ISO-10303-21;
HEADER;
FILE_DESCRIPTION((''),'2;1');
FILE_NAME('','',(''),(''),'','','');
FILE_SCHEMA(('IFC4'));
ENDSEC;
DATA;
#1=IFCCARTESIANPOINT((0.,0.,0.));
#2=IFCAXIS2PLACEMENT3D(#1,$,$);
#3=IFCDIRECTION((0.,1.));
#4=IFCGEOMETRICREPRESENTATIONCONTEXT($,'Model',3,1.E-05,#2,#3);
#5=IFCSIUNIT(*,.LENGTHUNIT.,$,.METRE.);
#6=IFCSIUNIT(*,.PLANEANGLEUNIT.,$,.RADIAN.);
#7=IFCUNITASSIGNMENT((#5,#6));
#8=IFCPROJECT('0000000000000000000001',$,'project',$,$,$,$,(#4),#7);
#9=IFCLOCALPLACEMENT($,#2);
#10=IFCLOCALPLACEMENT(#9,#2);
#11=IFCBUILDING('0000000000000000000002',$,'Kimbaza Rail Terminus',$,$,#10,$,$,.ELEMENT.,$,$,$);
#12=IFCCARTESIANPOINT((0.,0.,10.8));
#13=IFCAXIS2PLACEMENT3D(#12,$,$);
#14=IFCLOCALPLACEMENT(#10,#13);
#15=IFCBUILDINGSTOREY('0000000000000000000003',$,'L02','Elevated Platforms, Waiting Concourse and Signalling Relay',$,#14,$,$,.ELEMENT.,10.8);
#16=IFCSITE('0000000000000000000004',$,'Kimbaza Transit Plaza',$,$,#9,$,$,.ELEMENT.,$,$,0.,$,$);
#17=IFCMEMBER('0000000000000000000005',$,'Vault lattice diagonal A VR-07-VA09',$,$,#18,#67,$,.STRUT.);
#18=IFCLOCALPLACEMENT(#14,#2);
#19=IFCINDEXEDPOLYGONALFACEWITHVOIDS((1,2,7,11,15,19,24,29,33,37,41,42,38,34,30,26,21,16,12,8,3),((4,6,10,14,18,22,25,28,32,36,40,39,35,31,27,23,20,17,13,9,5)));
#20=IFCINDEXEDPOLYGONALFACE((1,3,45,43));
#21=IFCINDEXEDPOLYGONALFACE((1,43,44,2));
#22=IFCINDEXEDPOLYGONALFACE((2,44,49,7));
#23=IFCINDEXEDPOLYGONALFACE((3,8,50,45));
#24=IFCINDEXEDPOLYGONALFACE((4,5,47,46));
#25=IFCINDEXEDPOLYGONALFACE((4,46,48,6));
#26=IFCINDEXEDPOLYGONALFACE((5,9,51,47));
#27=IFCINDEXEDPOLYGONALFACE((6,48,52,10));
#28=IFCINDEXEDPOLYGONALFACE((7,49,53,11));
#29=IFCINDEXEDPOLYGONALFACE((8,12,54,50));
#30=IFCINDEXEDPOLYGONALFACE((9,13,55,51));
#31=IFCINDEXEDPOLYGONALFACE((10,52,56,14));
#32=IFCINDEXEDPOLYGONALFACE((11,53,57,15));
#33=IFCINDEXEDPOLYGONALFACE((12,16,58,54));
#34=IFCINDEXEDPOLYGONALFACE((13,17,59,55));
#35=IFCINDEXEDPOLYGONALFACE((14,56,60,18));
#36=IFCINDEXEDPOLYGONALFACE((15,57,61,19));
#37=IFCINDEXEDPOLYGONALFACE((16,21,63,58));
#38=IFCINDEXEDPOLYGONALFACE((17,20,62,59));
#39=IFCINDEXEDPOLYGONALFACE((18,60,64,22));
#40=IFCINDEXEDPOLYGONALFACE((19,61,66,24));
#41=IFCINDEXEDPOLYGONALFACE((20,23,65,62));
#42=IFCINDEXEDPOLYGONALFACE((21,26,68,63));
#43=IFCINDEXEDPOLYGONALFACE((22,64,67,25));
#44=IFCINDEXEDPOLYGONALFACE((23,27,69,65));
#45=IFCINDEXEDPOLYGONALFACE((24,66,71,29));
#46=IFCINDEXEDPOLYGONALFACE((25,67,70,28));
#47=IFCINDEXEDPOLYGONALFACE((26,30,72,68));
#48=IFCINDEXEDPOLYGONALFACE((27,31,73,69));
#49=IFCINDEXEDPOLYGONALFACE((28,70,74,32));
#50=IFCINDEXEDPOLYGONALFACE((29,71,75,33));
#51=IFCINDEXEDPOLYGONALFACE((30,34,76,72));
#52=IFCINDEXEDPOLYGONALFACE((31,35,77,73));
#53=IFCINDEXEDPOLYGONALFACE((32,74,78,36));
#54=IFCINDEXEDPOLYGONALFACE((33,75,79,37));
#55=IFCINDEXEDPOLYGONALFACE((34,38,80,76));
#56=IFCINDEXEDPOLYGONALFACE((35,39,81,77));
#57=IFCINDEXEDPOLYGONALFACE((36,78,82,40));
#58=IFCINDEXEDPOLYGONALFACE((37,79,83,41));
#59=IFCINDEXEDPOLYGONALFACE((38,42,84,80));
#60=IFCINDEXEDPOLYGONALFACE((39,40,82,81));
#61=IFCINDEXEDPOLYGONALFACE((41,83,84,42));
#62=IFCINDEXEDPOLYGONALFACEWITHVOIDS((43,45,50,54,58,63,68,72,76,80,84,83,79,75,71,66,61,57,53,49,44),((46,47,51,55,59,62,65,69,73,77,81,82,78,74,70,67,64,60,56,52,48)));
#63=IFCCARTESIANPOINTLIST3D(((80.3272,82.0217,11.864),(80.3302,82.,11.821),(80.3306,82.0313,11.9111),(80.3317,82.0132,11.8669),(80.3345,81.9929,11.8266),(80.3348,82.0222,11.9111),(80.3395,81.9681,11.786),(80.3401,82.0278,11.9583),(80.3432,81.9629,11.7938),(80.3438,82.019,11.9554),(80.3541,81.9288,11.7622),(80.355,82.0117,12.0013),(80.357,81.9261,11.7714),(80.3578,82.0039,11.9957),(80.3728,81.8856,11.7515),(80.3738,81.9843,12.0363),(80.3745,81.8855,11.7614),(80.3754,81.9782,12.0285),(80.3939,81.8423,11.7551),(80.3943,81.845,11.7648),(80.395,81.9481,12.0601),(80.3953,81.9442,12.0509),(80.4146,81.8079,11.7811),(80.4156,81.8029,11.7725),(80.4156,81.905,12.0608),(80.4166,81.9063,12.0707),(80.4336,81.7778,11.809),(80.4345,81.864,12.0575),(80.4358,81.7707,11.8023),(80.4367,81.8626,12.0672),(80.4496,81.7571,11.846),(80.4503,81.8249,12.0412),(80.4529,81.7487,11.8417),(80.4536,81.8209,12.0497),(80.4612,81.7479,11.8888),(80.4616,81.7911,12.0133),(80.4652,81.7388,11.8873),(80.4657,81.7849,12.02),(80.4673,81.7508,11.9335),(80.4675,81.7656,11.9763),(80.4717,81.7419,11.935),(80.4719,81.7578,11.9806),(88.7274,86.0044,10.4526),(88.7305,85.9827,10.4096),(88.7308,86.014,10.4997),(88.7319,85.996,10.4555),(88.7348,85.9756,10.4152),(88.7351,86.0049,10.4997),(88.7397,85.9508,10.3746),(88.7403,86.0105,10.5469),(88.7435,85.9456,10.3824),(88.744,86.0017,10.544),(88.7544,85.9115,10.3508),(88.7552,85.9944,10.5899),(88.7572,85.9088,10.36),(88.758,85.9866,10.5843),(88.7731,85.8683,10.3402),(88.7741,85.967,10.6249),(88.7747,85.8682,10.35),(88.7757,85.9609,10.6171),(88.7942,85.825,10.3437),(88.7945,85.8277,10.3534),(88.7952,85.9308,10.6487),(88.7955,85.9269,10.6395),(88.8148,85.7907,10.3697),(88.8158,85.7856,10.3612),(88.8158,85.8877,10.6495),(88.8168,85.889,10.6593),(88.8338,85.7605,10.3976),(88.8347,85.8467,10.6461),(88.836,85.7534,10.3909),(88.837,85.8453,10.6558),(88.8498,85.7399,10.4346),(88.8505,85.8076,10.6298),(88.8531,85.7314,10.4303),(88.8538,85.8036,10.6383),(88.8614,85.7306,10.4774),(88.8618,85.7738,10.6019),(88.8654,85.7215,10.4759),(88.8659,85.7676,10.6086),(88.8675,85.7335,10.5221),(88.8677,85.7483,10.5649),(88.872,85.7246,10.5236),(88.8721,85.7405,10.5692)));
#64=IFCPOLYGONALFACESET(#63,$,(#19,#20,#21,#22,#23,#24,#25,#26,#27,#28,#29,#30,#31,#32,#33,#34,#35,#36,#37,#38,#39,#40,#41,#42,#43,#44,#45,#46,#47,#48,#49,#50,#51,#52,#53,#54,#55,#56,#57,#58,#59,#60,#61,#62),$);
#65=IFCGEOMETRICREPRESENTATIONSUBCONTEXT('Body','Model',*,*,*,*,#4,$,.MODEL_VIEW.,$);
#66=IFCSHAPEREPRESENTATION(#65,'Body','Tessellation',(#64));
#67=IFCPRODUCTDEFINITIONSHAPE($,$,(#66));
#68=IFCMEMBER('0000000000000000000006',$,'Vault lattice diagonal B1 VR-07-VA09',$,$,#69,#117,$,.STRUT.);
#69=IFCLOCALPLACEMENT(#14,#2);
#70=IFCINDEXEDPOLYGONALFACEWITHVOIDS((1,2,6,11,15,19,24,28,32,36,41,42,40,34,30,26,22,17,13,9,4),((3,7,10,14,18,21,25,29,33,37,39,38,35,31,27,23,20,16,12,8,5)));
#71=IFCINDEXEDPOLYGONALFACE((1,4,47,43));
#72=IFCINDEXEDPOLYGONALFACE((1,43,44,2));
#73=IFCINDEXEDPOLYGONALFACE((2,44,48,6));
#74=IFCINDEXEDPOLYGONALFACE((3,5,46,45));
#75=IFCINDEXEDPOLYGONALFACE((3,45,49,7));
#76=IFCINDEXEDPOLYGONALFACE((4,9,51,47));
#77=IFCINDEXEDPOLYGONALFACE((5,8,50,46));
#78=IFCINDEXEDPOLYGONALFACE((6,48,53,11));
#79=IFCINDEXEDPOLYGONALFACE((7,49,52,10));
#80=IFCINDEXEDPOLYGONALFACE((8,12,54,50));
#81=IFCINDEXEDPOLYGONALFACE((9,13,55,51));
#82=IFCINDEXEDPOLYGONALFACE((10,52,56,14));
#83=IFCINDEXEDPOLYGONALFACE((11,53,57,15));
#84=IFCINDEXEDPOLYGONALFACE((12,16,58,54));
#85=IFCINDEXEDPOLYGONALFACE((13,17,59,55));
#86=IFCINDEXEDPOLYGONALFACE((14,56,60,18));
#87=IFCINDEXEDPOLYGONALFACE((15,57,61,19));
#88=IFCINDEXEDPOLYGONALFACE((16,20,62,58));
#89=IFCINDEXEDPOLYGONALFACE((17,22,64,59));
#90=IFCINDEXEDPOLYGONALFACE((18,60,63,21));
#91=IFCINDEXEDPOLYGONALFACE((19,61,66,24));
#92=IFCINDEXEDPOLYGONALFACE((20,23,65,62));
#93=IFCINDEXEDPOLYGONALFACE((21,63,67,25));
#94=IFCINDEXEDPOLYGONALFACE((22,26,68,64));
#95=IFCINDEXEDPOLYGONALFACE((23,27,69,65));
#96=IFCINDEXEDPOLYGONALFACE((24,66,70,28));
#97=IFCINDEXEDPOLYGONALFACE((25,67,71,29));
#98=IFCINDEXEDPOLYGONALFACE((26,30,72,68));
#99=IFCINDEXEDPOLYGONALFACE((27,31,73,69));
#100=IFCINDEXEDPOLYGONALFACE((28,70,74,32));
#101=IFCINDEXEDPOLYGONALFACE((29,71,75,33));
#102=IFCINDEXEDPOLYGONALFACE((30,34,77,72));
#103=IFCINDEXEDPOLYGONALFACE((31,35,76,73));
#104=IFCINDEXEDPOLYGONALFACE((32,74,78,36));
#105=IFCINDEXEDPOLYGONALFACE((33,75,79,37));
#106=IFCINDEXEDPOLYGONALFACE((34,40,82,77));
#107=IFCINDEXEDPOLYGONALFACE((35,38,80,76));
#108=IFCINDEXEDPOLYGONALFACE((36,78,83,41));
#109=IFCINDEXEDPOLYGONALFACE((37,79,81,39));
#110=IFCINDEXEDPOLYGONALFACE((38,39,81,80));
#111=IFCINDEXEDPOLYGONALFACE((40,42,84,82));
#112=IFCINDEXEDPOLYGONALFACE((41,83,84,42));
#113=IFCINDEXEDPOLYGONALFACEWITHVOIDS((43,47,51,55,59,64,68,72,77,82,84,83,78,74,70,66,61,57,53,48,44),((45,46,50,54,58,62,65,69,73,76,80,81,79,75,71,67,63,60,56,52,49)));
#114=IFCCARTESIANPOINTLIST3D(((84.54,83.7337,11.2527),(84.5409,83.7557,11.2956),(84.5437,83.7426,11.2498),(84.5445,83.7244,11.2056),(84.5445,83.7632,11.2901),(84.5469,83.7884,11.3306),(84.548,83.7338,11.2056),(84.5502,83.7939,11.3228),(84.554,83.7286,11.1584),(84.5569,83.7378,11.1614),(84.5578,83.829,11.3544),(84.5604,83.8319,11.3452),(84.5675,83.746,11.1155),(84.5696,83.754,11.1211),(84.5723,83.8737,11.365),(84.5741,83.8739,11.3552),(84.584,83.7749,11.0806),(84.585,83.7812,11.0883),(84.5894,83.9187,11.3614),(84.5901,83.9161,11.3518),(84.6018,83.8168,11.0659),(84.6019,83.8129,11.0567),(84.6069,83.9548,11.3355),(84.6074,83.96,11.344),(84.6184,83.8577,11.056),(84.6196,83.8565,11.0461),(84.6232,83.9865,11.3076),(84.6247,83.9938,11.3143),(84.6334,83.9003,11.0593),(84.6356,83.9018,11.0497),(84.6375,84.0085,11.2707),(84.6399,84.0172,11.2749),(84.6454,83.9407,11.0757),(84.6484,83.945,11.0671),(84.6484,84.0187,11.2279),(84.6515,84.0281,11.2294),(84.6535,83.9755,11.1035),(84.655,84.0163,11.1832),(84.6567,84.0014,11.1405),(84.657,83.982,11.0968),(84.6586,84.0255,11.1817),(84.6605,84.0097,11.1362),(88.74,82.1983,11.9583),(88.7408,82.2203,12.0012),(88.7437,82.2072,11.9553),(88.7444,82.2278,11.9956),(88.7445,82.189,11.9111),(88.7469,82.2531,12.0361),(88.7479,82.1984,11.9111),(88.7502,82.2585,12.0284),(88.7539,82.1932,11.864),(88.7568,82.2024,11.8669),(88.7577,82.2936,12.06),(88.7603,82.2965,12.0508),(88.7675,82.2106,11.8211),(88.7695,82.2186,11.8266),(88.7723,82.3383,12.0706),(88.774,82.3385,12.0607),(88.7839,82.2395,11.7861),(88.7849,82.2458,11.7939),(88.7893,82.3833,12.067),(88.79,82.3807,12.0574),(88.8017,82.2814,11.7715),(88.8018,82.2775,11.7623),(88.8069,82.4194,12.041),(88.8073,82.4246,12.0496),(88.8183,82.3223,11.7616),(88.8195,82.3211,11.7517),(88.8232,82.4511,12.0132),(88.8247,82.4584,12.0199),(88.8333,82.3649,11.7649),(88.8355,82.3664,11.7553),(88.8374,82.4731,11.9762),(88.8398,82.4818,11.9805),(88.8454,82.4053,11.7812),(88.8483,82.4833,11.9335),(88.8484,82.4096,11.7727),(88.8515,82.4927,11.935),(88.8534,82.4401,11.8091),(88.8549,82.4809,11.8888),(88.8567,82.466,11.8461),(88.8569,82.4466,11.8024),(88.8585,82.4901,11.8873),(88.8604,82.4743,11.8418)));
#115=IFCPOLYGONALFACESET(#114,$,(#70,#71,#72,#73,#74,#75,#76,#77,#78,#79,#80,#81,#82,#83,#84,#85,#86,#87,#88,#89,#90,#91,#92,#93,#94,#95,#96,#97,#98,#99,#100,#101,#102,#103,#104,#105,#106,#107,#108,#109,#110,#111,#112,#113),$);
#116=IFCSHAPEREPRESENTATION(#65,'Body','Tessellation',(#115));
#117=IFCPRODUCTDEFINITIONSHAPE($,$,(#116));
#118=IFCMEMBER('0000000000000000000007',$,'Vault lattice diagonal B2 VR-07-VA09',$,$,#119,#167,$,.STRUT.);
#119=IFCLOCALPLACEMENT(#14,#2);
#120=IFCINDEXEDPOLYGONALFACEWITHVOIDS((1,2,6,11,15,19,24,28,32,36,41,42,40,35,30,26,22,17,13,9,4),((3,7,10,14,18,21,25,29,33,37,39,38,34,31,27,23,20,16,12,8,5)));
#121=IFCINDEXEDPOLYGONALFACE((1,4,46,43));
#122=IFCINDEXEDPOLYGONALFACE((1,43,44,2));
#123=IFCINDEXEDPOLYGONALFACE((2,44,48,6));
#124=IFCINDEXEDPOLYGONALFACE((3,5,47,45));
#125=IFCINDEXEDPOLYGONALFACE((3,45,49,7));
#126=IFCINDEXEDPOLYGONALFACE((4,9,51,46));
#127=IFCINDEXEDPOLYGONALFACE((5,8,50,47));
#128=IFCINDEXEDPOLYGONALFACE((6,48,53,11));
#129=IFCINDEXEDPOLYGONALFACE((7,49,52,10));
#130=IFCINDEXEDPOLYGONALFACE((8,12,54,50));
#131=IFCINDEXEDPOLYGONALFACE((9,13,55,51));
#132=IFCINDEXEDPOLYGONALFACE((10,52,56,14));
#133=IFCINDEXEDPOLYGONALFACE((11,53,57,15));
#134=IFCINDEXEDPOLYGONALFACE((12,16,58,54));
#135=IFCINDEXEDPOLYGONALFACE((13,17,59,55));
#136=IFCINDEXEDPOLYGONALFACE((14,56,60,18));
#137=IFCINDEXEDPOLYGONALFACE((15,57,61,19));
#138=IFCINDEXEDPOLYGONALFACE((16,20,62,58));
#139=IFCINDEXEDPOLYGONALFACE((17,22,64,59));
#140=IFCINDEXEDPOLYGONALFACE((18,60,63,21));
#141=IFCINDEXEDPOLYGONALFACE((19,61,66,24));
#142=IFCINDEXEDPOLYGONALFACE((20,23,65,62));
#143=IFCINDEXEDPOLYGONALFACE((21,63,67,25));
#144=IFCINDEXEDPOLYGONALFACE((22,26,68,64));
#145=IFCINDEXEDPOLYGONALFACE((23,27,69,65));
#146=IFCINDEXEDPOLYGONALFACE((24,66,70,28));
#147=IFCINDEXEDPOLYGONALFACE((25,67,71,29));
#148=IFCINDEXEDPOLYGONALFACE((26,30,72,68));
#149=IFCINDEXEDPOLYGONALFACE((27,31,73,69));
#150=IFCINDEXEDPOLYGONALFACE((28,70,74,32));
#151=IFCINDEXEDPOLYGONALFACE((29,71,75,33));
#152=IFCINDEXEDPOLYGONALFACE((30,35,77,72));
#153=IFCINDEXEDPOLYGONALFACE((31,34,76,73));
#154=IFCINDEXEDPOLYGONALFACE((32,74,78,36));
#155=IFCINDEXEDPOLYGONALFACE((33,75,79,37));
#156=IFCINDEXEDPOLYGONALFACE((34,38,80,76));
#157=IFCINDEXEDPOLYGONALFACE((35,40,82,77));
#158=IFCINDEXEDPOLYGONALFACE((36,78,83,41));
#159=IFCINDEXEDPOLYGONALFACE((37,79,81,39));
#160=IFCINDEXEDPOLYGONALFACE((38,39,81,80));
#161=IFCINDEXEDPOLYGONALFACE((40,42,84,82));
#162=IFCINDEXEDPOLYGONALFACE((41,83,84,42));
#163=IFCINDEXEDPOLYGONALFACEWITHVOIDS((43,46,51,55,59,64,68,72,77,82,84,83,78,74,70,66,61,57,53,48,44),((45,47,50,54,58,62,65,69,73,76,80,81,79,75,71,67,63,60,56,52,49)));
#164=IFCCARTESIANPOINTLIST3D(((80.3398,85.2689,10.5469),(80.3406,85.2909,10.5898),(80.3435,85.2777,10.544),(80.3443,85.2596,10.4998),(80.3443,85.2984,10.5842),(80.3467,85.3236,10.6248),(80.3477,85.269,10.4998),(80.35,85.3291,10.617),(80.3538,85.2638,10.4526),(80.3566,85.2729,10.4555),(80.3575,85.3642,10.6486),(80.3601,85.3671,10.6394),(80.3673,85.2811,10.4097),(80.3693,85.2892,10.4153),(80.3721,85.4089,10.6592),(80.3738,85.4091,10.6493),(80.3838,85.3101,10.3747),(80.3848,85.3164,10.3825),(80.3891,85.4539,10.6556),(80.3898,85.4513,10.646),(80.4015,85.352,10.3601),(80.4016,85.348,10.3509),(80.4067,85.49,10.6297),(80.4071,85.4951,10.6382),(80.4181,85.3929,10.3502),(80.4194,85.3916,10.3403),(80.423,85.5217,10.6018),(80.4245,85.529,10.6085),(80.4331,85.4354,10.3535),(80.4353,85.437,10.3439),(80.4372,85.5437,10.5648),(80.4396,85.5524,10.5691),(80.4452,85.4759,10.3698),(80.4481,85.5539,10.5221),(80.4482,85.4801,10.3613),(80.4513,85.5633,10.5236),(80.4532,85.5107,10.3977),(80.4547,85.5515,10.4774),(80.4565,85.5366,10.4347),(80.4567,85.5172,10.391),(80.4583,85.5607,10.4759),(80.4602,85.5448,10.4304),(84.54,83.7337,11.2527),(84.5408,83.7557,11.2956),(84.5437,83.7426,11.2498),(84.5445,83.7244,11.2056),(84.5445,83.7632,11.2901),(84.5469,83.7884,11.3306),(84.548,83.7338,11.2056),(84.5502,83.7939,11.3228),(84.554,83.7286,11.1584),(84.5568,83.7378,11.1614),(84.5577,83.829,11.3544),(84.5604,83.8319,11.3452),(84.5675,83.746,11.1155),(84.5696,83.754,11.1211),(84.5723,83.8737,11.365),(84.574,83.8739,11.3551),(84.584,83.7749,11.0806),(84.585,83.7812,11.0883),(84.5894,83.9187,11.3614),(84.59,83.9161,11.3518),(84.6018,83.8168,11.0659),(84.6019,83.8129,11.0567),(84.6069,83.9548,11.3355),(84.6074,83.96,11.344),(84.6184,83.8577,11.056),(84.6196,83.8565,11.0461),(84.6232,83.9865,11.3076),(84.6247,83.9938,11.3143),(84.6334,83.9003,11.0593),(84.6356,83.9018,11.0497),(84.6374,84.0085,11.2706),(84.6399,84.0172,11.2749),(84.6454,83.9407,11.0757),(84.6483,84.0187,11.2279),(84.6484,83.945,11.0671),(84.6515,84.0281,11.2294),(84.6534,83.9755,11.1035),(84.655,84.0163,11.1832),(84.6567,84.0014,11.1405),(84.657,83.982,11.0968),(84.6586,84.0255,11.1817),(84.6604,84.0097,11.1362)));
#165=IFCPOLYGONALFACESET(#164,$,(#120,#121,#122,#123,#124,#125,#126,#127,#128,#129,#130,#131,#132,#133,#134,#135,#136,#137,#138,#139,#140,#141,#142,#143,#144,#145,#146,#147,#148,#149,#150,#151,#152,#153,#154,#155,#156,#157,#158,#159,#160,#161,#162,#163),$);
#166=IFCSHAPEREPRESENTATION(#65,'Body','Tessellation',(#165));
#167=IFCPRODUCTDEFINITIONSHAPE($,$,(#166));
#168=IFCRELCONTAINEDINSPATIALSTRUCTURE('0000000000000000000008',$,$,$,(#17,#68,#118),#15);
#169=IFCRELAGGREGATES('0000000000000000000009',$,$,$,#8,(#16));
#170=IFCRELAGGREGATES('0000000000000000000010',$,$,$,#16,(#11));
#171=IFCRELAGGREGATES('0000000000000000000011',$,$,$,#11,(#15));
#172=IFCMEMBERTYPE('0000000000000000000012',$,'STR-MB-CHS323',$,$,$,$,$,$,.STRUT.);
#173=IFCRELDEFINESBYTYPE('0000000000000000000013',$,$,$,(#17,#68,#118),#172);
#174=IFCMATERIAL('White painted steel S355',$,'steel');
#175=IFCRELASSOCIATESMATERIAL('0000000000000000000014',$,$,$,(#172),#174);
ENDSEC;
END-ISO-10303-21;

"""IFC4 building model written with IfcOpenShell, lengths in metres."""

from ifc_helpers import new_model, si_unit, direction, frame, origin, origin_2d, place, context, subcontext, project, spatial, hollow_circle, extrude, material, material_profile, profile_set, type_object, element, save


model = new_model("IFC4")

# Units and contexts
model_context = context("Model", 3, precision=1e-05, world=origin(), true_north=direction((0.0, 1.0)))
body_context = subcontext(model_context, "Body", "Model", "MODEL_VIEW")
ifc_project = project(units=[si_unit("LENGTHUNIT", "METRE"), si_unit("PLANEANGLEUNIT", "RADIAN")], contexts=[model_context])

# Site, building, storey
site_placement = place(None, origin())
site = spatial("IfcSite", under=ifc_project, at=site_placement, Name="Kimbaza Transit Plaza", CompositionType="ELEMENT", RefElevation=0.0)
building_placement = place(site_placement, origin())
building = spatial("IfcBuilding", under=site, at=building_placement, Name="Kimbaza Rail Terminus", CompositionType="ELEMENT")
storey_placement = place(building_placement, frame((0.0, 0.0, 10.8)))
storey = spatial("IfcBuildingStorey", under=building, at=storey_placement, Name="L02", Description="Elevated Platforms, Waiting Concourse and Signalling Relay", CompositionType="ELEMENT", Elevation=10.8)

# Members
ifc_material_1 = material(Name="White painted steel S355", Category="steel")
ifc_material_profile_1 = material_profile(ifc_material_1, hollow_circle(Radius=0.1619, WallThickness=0.01, at=origin_2d()), Name="CHS 323.9x10")
ifc_profile_set_1 = profile_set([ifc_material_profile_1], Name="White painted steel S355")
member_type_1 = type_object("IfcMemberType", Name="STR-MB-CHS323", PredefinedType="STRUT", material=ifc_profile_set_1)
member_1_placement = place(storey_placement, frame((80.3999, 81.885, 11.9111), z_axis=(0.893349, 0.423553, -0.150099), x_axis=(-0.428407, 0.903586, 0.0)))
element("IfcMember", 1, at=member_1_placement, inside=storey, type_object=member_type_1, Name="Vault lattice diagonal A VR-07-VA09", PredefinedType="STRUT", context=body_context, shape_type="SweptSolid", body=[
    extrude(hollow_circle(Radius=0.1619, WallThickness=0.01, at=origin_2d()), origin(), (0.0, 0.0, 1.0), 9.4031),
])
member_2_placement = place(storey_placement, frame((88.8, 82.3411, 11.9111), z_axis=(-0.92773, 0.339156, -0.155853), x_axis=(-0.343351, -0.939207, 0.0)))
element("IfcMember", 2, at=member_2_placement, inside=storey, type_object=member_type_1, Name="Vault lattice diagonal B1 VR-07-VA09", PredefinedType="STRUT", context=body_context, shape_type="SweptSolid", body=[
    extrude(hollow_circle(Radius=0.1619, WallThickness=0.01, at=origin_2d()), origin(), (0.0, 0.0, 1.0), 4.5271),
])
member_3_placement = place(storey_placement, frame((84.6001, 83.8765, 11.2056), z_axis=(-0.927747, 0.339088, -0.155901), x_axis=(-0.343286, -0.939231, 0.0)))
element("IfcMember", 3, at=member_3_placement, inside=storey, type_object=member_type_1, Name="Vault lattice diagonal B2 VR-07-VA09", PredefinedType="STRUT", context=body_context, shape_type="SweptSolid", body=[
    extrude(hollow_circle(Radius=0.1619, WallThickness=0.01, at=origin_2d()), origin(), (0.0, 0.0, 1.0), 4.5273),
])

save(model, "model.ifc")
